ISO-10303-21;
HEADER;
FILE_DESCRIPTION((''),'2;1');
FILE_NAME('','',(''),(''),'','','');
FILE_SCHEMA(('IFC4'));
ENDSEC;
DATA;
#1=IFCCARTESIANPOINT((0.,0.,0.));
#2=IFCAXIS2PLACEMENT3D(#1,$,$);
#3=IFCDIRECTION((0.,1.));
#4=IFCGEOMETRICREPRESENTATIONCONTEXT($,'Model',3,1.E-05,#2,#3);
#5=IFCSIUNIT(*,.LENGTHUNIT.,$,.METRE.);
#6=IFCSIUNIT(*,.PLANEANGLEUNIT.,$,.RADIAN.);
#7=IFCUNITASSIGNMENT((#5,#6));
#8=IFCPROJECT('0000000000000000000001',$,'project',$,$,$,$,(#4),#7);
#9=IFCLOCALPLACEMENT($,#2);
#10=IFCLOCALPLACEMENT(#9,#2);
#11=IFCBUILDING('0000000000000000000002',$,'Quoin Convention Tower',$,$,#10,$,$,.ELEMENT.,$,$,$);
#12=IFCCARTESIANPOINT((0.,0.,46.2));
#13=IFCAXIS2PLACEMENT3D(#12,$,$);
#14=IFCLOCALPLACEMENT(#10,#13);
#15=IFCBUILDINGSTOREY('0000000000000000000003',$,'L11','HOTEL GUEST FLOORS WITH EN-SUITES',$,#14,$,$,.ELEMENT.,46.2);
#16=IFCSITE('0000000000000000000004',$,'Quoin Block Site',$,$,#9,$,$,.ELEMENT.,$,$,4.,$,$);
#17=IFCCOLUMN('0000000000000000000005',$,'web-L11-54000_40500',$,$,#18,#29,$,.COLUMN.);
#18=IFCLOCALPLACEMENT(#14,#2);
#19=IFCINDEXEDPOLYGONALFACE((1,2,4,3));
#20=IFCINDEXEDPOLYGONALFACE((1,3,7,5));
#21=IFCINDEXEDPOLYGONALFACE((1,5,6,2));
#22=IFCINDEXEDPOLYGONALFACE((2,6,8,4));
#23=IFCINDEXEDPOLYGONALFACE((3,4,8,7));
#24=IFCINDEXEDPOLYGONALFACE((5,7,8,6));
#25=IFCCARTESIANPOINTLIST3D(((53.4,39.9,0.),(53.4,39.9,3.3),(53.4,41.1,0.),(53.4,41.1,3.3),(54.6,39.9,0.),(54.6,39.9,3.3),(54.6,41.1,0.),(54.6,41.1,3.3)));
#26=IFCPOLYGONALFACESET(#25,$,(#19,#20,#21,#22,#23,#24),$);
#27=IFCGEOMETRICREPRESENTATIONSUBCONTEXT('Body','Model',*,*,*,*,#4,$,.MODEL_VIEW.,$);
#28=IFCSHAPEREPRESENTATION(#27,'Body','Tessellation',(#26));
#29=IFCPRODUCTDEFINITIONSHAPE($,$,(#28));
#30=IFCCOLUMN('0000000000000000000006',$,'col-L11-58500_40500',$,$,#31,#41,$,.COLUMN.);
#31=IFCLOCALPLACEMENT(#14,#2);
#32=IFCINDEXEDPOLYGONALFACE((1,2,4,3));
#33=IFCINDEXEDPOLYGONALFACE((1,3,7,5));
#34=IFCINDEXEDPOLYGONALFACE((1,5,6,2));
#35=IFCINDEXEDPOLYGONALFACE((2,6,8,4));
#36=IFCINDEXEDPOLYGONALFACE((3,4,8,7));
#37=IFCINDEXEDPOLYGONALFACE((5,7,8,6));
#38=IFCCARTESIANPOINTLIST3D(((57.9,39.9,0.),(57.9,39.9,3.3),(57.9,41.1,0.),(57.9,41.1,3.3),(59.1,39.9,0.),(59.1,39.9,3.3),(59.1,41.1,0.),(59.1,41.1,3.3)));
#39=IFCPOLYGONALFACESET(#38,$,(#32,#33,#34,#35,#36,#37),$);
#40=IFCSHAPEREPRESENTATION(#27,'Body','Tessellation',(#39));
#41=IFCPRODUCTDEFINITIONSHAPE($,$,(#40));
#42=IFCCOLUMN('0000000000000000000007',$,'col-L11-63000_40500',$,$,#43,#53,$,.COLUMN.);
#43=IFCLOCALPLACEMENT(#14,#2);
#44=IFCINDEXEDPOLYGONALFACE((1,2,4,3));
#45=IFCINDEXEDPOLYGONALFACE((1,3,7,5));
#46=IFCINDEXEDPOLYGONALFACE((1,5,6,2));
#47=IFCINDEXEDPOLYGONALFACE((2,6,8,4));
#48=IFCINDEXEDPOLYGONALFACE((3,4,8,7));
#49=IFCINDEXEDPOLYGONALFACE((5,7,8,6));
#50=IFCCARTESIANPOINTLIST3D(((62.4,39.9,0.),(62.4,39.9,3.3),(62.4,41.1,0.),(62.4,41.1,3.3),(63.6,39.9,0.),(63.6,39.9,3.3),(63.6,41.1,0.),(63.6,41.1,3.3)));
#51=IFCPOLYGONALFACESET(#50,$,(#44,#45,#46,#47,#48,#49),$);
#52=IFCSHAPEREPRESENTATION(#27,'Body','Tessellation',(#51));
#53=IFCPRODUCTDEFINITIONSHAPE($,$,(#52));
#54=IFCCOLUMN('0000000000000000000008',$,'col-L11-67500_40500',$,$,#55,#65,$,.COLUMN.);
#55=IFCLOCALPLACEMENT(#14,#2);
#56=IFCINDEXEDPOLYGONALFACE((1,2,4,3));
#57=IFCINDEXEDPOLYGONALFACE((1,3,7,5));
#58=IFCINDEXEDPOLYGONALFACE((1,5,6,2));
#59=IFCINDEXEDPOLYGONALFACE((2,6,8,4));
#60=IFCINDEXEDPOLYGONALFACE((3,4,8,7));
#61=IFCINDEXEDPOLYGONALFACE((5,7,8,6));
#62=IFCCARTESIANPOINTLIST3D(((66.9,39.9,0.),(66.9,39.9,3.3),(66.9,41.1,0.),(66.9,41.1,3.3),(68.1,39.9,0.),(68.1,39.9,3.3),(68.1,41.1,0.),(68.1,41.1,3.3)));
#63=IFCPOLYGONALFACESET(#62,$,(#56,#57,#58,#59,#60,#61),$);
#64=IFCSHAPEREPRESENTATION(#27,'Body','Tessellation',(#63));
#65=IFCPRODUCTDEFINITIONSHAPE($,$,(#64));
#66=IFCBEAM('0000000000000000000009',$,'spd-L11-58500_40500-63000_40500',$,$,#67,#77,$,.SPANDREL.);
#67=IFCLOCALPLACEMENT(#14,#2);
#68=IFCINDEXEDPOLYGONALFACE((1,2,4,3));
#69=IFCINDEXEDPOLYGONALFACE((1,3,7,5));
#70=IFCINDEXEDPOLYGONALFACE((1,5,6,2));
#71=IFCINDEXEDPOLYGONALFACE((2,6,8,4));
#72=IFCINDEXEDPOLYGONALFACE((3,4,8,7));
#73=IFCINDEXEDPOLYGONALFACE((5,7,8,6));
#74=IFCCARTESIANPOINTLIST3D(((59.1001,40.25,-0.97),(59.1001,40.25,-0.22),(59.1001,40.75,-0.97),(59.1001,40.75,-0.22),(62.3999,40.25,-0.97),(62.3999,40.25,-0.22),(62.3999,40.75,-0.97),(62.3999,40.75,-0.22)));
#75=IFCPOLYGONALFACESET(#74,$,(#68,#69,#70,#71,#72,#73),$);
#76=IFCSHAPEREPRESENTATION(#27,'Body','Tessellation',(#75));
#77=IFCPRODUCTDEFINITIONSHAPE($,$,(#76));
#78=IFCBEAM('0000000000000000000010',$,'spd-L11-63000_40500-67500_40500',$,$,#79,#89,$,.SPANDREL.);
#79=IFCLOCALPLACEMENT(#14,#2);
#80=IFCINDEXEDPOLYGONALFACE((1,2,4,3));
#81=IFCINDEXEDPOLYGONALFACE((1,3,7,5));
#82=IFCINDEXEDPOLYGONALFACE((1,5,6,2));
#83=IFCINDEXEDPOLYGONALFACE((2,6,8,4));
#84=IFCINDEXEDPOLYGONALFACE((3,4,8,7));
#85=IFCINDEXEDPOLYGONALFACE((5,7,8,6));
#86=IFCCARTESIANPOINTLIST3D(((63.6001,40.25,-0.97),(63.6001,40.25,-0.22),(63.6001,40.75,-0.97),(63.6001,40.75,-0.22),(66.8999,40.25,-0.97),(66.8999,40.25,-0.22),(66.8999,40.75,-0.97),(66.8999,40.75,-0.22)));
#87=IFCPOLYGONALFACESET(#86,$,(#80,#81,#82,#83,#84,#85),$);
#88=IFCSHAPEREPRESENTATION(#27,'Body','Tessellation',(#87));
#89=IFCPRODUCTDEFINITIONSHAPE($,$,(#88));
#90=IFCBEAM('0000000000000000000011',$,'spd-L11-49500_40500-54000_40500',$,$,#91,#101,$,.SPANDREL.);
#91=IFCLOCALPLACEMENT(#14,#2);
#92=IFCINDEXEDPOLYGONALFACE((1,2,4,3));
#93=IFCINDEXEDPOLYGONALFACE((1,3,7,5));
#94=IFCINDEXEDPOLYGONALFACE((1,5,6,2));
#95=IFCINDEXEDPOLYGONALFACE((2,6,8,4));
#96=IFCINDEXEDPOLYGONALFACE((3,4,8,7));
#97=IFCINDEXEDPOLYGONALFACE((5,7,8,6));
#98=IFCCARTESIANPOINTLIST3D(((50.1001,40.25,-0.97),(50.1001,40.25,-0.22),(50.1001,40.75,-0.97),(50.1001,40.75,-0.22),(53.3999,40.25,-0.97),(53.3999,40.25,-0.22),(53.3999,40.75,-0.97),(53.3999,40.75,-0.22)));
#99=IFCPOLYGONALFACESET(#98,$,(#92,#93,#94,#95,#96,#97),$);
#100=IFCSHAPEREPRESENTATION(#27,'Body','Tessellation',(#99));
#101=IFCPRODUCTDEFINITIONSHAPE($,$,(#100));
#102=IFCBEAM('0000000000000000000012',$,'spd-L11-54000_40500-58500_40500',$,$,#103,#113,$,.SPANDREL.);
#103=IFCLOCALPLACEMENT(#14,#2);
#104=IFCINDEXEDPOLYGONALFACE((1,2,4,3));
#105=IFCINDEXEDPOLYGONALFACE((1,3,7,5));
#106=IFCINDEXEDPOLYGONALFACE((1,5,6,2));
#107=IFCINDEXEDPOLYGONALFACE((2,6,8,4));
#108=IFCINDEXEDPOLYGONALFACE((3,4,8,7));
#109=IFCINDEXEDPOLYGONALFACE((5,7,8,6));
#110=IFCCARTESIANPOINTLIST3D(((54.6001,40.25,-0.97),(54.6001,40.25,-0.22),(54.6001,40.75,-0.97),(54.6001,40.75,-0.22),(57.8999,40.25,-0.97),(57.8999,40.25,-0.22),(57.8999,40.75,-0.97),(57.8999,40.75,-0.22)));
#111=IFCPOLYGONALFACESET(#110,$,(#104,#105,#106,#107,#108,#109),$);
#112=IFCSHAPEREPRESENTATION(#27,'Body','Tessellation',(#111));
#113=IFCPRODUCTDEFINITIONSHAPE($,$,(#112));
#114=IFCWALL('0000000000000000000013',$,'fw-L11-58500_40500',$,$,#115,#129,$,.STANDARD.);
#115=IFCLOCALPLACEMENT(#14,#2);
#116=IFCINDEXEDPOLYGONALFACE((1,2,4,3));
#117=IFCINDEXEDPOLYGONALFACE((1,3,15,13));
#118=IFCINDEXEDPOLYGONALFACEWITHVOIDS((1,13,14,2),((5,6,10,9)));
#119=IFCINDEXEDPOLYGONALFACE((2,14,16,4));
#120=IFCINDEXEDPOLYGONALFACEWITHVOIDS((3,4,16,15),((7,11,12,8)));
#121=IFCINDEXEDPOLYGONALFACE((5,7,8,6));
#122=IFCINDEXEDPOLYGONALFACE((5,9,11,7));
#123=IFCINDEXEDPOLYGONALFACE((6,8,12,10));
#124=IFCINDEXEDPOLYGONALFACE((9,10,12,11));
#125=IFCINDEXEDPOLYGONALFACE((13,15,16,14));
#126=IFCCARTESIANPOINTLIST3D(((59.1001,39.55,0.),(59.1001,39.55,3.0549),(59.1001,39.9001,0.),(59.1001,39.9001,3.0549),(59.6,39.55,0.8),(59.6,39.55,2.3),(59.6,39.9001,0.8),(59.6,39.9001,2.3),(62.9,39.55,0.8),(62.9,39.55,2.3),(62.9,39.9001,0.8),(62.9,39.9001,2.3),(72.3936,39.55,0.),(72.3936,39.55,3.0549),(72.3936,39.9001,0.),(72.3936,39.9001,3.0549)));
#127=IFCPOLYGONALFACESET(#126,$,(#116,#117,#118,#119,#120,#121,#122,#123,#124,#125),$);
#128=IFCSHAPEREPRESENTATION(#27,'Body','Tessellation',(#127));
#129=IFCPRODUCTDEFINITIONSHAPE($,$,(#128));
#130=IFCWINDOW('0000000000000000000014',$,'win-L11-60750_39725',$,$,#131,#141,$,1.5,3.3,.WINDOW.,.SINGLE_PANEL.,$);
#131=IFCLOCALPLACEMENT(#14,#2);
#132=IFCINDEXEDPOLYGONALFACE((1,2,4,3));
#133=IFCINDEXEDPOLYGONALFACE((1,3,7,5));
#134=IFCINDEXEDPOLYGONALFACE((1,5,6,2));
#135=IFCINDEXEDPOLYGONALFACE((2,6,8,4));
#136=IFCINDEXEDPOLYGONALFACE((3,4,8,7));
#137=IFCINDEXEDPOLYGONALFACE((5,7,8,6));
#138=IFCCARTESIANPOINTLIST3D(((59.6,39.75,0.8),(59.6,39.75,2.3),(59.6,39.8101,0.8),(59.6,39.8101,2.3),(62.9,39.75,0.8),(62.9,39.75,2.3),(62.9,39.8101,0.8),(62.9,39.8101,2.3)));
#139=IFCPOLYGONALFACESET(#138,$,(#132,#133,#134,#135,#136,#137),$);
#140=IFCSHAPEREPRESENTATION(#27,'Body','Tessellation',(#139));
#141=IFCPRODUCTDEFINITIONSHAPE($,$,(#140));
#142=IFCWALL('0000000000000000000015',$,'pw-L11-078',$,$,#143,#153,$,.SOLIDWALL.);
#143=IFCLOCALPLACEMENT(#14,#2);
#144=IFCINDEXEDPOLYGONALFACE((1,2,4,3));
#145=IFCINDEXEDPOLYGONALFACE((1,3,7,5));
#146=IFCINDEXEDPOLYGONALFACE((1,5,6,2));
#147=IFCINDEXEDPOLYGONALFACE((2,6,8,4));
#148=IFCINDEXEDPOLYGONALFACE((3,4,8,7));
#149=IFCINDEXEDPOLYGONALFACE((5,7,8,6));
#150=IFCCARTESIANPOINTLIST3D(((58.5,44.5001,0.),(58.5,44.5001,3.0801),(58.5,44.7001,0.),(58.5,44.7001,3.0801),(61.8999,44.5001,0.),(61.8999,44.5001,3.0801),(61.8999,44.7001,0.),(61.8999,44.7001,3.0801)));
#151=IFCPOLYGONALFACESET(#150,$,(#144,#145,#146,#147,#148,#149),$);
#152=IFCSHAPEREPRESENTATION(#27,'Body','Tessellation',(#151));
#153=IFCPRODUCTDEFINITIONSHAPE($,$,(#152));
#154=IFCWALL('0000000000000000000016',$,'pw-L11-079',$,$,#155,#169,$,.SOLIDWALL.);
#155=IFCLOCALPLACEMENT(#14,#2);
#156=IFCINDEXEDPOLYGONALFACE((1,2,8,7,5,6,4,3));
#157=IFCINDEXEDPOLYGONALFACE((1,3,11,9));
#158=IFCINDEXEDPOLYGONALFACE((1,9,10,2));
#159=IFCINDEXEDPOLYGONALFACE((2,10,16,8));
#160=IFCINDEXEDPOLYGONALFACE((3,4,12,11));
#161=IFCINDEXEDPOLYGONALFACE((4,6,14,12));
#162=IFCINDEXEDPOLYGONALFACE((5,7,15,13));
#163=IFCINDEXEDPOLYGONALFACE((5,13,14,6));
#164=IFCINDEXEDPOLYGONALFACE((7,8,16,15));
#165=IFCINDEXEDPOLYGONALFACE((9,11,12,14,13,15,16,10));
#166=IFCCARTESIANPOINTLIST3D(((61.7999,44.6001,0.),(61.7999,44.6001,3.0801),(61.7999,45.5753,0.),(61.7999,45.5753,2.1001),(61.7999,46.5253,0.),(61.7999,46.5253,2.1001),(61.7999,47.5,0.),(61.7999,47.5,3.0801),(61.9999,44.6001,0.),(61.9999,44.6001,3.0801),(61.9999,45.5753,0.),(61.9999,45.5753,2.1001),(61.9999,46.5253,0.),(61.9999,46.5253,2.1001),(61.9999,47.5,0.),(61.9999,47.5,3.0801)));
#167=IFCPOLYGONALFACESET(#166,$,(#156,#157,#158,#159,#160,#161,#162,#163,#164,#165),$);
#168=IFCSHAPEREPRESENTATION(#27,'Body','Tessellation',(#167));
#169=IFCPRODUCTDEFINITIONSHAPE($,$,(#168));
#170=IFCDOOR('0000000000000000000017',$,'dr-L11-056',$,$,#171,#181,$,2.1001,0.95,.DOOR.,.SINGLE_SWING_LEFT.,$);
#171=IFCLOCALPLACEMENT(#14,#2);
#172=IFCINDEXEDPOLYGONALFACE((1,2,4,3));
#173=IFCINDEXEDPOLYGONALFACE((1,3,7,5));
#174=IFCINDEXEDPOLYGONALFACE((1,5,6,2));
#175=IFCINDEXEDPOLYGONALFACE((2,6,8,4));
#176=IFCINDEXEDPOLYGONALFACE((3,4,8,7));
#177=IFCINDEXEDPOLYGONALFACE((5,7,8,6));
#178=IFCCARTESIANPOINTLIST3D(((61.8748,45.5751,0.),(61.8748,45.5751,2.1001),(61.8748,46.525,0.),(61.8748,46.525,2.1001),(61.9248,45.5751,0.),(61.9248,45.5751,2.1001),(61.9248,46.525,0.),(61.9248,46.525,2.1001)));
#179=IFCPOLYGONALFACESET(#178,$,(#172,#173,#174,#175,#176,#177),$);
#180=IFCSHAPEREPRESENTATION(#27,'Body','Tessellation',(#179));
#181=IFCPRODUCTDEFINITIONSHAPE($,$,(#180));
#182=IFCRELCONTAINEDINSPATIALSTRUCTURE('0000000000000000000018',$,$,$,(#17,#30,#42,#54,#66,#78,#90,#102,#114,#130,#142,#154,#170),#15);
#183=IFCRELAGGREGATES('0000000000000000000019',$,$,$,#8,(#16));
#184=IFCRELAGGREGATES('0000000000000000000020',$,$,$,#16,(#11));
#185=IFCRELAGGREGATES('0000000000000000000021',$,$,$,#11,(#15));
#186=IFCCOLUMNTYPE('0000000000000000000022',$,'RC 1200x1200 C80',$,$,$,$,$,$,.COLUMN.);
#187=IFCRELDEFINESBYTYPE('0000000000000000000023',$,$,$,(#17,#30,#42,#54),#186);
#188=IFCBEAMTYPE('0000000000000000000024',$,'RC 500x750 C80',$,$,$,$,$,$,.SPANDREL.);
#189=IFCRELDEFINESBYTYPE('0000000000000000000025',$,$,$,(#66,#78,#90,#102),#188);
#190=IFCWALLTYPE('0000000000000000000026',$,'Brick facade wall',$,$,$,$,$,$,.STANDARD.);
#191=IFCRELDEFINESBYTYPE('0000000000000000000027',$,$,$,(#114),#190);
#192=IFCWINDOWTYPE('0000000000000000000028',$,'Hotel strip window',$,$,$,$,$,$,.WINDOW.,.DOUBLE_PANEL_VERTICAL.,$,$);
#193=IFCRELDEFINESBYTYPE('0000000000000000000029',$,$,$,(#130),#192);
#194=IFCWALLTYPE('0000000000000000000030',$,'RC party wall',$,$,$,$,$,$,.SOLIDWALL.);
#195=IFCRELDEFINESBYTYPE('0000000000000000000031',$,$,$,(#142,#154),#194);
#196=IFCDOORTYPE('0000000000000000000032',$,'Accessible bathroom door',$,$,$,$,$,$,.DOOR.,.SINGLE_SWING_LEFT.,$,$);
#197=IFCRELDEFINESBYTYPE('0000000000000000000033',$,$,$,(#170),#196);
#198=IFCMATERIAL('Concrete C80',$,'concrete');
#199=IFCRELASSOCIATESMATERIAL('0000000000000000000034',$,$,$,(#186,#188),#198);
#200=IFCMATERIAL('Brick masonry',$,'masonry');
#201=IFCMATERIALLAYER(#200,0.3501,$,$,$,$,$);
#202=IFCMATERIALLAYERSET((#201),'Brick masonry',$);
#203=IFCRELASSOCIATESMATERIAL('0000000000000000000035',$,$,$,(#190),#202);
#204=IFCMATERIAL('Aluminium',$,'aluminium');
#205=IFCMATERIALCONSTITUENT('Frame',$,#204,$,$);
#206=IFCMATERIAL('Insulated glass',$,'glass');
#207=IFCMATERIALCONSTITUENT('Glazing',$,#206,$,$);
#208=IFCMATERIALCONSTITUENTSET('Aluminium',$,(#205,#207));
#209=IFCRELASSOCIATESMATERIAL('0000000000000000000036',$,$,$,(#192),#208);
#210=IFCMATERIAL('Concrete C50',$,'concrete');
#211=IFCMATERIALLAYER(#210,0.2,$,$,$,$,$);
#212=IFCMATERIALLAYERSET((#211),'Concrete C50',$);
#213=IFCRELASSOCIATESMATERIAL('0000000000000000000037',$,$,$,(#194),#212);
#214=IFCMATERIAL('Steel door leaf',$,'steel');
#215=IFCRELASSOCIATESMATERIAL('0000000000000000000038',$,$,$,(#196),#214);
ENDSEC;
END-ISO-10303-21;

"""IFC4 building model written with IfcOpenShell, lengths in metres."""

from ifc_helpers import new_model, si_unit, direction, frame, frame_2d, origin, origin_2d, place, context, subcontext, project, spatial, rectangle, extrude, material, layer, layer_set, constituent, constituent_set, material_profile, profile_set, type_object, element, fill, save


model = new_model("IFC4")

# Units and contexts
model_context = context("Model", 3, precision=1e-05, world=origin(), true_north=direction((0.0, 1.0)))
body_context = subcontext(model_context, "Body", "Model", "MODEL_VIEW")
ifc_project = project(units=[si_unit("LENGTHUNIT", "METRE"), si_unit("PLANEANGLEUNIT", "RADIAN")], contexts=[model_context])

# Site, building, storey
site_placement = place(None, origin())
site = spatial("IfcSite", under=ifc_project, at=site_placement, Name="Quoin Block Site", CompositionType="ELEMENT", RefElevation=4.0)
building_placement = place(site_placement, origin())
building = spatial("IfcBuilding", under=site, at=building_placement, Name="Quoin Convention Tower", CompositionType="ELEMENT")
storey_placement = place(building_placement, frame((0.0, 0.0, 46.2)))
storey = spatial("IfcBuildingStorey", under=building, at=storey_placement, Name="L11", Description="HOTEL GUEST FLOORS WITH EN-SUITES", CompositionType="ELEMENT", Elevation=46.2)

# Columns
ifc_material_1 = material(Name="Concrete C80", Category="concrete")
ifc_material_profile_1 = material_profile(ifc_material_1, rectangle(XDim=1.2, YDim=1.2, at=origin_2d()), Name="RC 1200x1200")
ifc_profile_set_1 = profile_set([ifc_material_profile_1], Name="Concrete C80")
column_type = type_object("IfcColumnType", Name="RC 1200x1200 C80", PredefinedType="COLUMN", material=ifc_profile_set_1)
for number, where, z_axis, x_axis, name in (
    (1, (54.0, 40.5, 0.0), (0.0, 0.0, 1.0), (1.0, 0.0, 0.0), "web-L11-54000_40500"),
    (2, (58.5, 40.5, 0.0), (0.0, 0.0, 1.0), (1.0, 0.0, 0.0), "col-L11-58500_40500"),
    (3, (63.0, 40.5, 0.0), (0.0, 0.0, 1.0), (1.0, 0.0, 0.0), "col-L11-63000_40500"),
    (4, (67.5, 40.5, 0.0), (0.0, 0.0, 1.0), (1.0, 0.0, 0.0), "col-L11-67500_40500"),
):
    element("IfcColumn", number, at=place(storey_placement, frame(where, z_axis=z_axis, x_axis=x_axis)), inside=storey, type_object=column_type, Name=name, PredefinedType="COLUMN", context=body_context, shape_type="SweptSolid", body=[
        extrude(rectangle(XDim=1.2, YDim=1.2, at=origin_2d()), origin(), (0.0, 0.0, 1.0), 3.3),
    ])

# Beams
ifc_material_profile_2 = material_profile(ifc_material_1, rectangle(XDim=0.5, YDim=0.75, at=origin_2d()), Name="RC 500x750")
ifc_profile_set_2 = profile_set([ifc_material_profile_2], Name="Concrete C80")
beam_type = type_object("IfcBeamType", Name="RC 500x750 C80", PredefinedType="SPANDREL", material=ifc_profile_set_2)
for number, where, z_axis, x_axis, name in (
    (5, (59.1001, 40.5, -0.595), (1.0, 0.0, 0.0), (0.0, 1.0, 0.0), "spd-L11-58500_40500-63000_40500"),
    (6, (63.6001, 40.5, -0.595), (1.0, 0.0, 0.0), (0.0, 1.0, 0.0), "spd-L11-63000_40500-67500_40500"),
    (7, (50.1001, 40.5, -0.595), (1.0, 0.0, 0.0), (0.0, 1.0, 0.0), "spd-L11-49500_40500-54000_40500"),
    (8, (54.6001, 40.5, -0.595), (1.0, 0.0, 0.0), (0.0, 1.0, 0.0), "spd-L11-54000_40500-58500_40500"),
):
    element("IfcBeam", number, at=place(storey_placement, frame(where, z_axis=z_axis, x_axis=x_axis)), inside=storey, type_object=beam_type, Name=name, PredefinedType="SPANDREL", context=body_context, shape_type="SweptSolid", body=[
        extrude(rectangle(XDim=0.5, YDim=0.75, at=origin_2d()), origin(), (0.0, 0.0, 1.0), 3.2998),
    ])

# Wall, opening, window
ifc_material_2 = material(Name="Brick masonry", Category="masonry")
ifc_layer_1 = layer(ifc_material_2, 0.3501)
ifc_layer_set_1 = layer_set([ifc_layer_1], Name="Brick masonry")
wall_type_1 = type_object("IfcWallType", Name="Brick facade wall", PredefinedType="STANDARD", material=ifc_layer_set_1)
wall_1_placement = place(storey_placement, frame((59.1001, 39.7251, 0.0), z_axis=(0.0, 0.0, 1.0), x_axis=(1.0, 0.0, 0.0)))
wall_1 = element("IfcWall", 9, at=wall_1_placement, inside=storey, type_object=wall_type_1, Name="fw-L11-58500_40500", PredefinedType="STANDARD", context=body_context, shape_type="SweptSolid", body=[
    extrude(rectangle(XDim=13.2935, YDim=0.3501, at=frame_2d((6.6467, 0.0))), origin(), (0.0, 0.0, 1.0), 3.0549),
])
opening_1_placement = place(wall_1_placement, frame((0.5, 0.0, 0.8)))
opening_1 = element("IfcOpeningElement", 10, at=opening_1_placement, cuts=wall_1, PredefinedType="OPENING", context=body_context, shape_type="SweptSolid", body=[
    extrude(rectangle(XDim=3.3, YDim=1.5, at=frame_2d((1.6499, 0.75))), frame((0.0, 0.1851, 0.0), z_axis=(0.0, -1.0, 0.0), x_axis=(1.0, 0.0, 0.0)), (0.0, 0.0, 1.0), 0.3701),
])
ifc_material_3 = material(Name="Aluminium", Category="aluminium")
ifc_constituent_1 = constituent(ifc_material_3, Name="Frame")
ifc_material_4 = material(Name="Insulated glass", Category="glass")
ifc_constituent_2 = constituent(ifc_material_4, Name="Glazing")
ifc_constituent_set = constituent_set(constituents=[ifc_constituent_1, ifc_constituent_2], Name="Aluminium")
window_type = type_object("IfcWindowType", Name="Hotel strip window", PartitioningType="DOUBLE_PANEL_VERTICAL", PredefinedType="WINDOW", material=ifc_constituent_set)
window_placement = place(opening_1_placement, origin())
window = element("IfcWindow", 11, at=window_placement, inside=storey, type_object=window_type, Name="win-L11-60750_39725", OverallHeight=1.5, OverallWidth=3.3, PartitioningType="SINGLE_PANEL", PredefinedType="WINDOW", context=body_context, shape_type="SweptSolid", body=[
    extrude(rectangle(XDim=3.3, YDim=1.5, at=frame_2d((1.6499, 0.75))), frame((0.0, 0.085, 0.0), z_axis=(0.0, -1.0, 0.0), x_axis=(1.0, 0.0, 0.0)), (0.0, 0.0, 1.0), 0.0601),
])
fill(opening_1, window)

# Wall
ifc_material_5 = material(Name="Concrete C50", Category="concrete")
ifc_layer_2 = layer(ifc_material_5, 0.2)
ifc_layer_set_2 = layer_set([ifc_layer_2], Name="Concrete C50")
wall_type_2 = type_object("IfcWallType", Name="RC party wall", PredefinedType="SOLIDWALL", material=ifc_layer_set_2)
wall_2_placement = place(storey_placement, frame((58.5, 44.6001, 0.0), z_axis=(0.0, 0.0, 1.0), x_axis=(1.0, 0.0, 0.0)))
element("IfcWall", 12, at=wall_2_placement, inside=storey, type_object=wall_type_2, Name="pw-L11-078", PredefinedType="SOLIDWALL", context=body_context, shape_type="SweptSolid", body=[
    extrude(rectangle(XDim=3.3999, YDim=0.2, at=frame_2d((1.7, 0.0))), origin(), (0.0, 0.0, 1.0), 3.0801),
])

# Wall, opening, door
wall_3_placement = place(storey_placement, frame((61.8999, 44.6001, 0.0), z_axis=(0.0, 0.0, 1.0), x_axis=(0.0, 1.0, 0.0)))
wall_3 = element("IfcWall", 13, at=wall_3_placement, inside=storey, type_object=wall_type_2, Name="pw-L11-079", PredefinedType="SOLIDWALL", context=body_context, shape_type="SweptSolid", body=[
    extrude(rectangle(XDim=2.8999, YDim=0.2, at=frame_2d((1.45, 0.0))), origin(), (0.0, 0.0, 1.0), 3.0801),
])
opening_2_placement = place(wall_3_placement, frame((0.9751, 0.0, 0.0)))
opening_2 = element("IfcOpeningElement", 14, at=opening_2_placement, cuts=wall_3, PredefinedType="OPENING", context=body_context, shape_type="SweptSolid", body=[
    extrude(rectangle(XDim=0.95, YDim=2.1001, at=frame_2d((0.4751, 1.05))), frame((0.0, 0.1099, 0.0), z_axis=(0.0, -1.0, 0.0), x_axis=(1.0, 0.0, 0.0)), (0.0, 0.0, 1.0), 0.22),
])
ifc_material_6 = material(Name="Steel door leaf", Category="steel")
door_type = type_object("IfcDoorType", Name="Accessible bathroom door", OperationType="SINGLE_SWING_LEFT", PredefinedType="DOOR", material=ifc_material_6)
door_placement = place(opening_2_placement, frame((0.95, 0.0, 0.0), z_axis=(0.0, 0.0, 1.0), x_axis=(-1.0, 0.0, 0.0)))
door = element("IfcDoor", 15, at=door_placement, inside=storey, type_object=door_type, Name="dr-L11-056", OperationType="SINGLE_SWING_LEFT", OverallHeight=2.1001, OverallWidth=0.95, PredefinedType="DOOR", context=body_context, shape_type="SweptSolid", body=[
    extrude(rectangle(XDim=0.95, YDim=2.1001, at=frame_2d((0.4751, 1.05))), frame((0.0, 0.0249, 0.0), z_axis=(0.0, -1.0, 0.0), x_axis=(1.0, 0.0, 0.0)), (0.0, 0.0, 1.0), 0.05),
])
fill(opening_2, door)

save(model, "model.ifc")
